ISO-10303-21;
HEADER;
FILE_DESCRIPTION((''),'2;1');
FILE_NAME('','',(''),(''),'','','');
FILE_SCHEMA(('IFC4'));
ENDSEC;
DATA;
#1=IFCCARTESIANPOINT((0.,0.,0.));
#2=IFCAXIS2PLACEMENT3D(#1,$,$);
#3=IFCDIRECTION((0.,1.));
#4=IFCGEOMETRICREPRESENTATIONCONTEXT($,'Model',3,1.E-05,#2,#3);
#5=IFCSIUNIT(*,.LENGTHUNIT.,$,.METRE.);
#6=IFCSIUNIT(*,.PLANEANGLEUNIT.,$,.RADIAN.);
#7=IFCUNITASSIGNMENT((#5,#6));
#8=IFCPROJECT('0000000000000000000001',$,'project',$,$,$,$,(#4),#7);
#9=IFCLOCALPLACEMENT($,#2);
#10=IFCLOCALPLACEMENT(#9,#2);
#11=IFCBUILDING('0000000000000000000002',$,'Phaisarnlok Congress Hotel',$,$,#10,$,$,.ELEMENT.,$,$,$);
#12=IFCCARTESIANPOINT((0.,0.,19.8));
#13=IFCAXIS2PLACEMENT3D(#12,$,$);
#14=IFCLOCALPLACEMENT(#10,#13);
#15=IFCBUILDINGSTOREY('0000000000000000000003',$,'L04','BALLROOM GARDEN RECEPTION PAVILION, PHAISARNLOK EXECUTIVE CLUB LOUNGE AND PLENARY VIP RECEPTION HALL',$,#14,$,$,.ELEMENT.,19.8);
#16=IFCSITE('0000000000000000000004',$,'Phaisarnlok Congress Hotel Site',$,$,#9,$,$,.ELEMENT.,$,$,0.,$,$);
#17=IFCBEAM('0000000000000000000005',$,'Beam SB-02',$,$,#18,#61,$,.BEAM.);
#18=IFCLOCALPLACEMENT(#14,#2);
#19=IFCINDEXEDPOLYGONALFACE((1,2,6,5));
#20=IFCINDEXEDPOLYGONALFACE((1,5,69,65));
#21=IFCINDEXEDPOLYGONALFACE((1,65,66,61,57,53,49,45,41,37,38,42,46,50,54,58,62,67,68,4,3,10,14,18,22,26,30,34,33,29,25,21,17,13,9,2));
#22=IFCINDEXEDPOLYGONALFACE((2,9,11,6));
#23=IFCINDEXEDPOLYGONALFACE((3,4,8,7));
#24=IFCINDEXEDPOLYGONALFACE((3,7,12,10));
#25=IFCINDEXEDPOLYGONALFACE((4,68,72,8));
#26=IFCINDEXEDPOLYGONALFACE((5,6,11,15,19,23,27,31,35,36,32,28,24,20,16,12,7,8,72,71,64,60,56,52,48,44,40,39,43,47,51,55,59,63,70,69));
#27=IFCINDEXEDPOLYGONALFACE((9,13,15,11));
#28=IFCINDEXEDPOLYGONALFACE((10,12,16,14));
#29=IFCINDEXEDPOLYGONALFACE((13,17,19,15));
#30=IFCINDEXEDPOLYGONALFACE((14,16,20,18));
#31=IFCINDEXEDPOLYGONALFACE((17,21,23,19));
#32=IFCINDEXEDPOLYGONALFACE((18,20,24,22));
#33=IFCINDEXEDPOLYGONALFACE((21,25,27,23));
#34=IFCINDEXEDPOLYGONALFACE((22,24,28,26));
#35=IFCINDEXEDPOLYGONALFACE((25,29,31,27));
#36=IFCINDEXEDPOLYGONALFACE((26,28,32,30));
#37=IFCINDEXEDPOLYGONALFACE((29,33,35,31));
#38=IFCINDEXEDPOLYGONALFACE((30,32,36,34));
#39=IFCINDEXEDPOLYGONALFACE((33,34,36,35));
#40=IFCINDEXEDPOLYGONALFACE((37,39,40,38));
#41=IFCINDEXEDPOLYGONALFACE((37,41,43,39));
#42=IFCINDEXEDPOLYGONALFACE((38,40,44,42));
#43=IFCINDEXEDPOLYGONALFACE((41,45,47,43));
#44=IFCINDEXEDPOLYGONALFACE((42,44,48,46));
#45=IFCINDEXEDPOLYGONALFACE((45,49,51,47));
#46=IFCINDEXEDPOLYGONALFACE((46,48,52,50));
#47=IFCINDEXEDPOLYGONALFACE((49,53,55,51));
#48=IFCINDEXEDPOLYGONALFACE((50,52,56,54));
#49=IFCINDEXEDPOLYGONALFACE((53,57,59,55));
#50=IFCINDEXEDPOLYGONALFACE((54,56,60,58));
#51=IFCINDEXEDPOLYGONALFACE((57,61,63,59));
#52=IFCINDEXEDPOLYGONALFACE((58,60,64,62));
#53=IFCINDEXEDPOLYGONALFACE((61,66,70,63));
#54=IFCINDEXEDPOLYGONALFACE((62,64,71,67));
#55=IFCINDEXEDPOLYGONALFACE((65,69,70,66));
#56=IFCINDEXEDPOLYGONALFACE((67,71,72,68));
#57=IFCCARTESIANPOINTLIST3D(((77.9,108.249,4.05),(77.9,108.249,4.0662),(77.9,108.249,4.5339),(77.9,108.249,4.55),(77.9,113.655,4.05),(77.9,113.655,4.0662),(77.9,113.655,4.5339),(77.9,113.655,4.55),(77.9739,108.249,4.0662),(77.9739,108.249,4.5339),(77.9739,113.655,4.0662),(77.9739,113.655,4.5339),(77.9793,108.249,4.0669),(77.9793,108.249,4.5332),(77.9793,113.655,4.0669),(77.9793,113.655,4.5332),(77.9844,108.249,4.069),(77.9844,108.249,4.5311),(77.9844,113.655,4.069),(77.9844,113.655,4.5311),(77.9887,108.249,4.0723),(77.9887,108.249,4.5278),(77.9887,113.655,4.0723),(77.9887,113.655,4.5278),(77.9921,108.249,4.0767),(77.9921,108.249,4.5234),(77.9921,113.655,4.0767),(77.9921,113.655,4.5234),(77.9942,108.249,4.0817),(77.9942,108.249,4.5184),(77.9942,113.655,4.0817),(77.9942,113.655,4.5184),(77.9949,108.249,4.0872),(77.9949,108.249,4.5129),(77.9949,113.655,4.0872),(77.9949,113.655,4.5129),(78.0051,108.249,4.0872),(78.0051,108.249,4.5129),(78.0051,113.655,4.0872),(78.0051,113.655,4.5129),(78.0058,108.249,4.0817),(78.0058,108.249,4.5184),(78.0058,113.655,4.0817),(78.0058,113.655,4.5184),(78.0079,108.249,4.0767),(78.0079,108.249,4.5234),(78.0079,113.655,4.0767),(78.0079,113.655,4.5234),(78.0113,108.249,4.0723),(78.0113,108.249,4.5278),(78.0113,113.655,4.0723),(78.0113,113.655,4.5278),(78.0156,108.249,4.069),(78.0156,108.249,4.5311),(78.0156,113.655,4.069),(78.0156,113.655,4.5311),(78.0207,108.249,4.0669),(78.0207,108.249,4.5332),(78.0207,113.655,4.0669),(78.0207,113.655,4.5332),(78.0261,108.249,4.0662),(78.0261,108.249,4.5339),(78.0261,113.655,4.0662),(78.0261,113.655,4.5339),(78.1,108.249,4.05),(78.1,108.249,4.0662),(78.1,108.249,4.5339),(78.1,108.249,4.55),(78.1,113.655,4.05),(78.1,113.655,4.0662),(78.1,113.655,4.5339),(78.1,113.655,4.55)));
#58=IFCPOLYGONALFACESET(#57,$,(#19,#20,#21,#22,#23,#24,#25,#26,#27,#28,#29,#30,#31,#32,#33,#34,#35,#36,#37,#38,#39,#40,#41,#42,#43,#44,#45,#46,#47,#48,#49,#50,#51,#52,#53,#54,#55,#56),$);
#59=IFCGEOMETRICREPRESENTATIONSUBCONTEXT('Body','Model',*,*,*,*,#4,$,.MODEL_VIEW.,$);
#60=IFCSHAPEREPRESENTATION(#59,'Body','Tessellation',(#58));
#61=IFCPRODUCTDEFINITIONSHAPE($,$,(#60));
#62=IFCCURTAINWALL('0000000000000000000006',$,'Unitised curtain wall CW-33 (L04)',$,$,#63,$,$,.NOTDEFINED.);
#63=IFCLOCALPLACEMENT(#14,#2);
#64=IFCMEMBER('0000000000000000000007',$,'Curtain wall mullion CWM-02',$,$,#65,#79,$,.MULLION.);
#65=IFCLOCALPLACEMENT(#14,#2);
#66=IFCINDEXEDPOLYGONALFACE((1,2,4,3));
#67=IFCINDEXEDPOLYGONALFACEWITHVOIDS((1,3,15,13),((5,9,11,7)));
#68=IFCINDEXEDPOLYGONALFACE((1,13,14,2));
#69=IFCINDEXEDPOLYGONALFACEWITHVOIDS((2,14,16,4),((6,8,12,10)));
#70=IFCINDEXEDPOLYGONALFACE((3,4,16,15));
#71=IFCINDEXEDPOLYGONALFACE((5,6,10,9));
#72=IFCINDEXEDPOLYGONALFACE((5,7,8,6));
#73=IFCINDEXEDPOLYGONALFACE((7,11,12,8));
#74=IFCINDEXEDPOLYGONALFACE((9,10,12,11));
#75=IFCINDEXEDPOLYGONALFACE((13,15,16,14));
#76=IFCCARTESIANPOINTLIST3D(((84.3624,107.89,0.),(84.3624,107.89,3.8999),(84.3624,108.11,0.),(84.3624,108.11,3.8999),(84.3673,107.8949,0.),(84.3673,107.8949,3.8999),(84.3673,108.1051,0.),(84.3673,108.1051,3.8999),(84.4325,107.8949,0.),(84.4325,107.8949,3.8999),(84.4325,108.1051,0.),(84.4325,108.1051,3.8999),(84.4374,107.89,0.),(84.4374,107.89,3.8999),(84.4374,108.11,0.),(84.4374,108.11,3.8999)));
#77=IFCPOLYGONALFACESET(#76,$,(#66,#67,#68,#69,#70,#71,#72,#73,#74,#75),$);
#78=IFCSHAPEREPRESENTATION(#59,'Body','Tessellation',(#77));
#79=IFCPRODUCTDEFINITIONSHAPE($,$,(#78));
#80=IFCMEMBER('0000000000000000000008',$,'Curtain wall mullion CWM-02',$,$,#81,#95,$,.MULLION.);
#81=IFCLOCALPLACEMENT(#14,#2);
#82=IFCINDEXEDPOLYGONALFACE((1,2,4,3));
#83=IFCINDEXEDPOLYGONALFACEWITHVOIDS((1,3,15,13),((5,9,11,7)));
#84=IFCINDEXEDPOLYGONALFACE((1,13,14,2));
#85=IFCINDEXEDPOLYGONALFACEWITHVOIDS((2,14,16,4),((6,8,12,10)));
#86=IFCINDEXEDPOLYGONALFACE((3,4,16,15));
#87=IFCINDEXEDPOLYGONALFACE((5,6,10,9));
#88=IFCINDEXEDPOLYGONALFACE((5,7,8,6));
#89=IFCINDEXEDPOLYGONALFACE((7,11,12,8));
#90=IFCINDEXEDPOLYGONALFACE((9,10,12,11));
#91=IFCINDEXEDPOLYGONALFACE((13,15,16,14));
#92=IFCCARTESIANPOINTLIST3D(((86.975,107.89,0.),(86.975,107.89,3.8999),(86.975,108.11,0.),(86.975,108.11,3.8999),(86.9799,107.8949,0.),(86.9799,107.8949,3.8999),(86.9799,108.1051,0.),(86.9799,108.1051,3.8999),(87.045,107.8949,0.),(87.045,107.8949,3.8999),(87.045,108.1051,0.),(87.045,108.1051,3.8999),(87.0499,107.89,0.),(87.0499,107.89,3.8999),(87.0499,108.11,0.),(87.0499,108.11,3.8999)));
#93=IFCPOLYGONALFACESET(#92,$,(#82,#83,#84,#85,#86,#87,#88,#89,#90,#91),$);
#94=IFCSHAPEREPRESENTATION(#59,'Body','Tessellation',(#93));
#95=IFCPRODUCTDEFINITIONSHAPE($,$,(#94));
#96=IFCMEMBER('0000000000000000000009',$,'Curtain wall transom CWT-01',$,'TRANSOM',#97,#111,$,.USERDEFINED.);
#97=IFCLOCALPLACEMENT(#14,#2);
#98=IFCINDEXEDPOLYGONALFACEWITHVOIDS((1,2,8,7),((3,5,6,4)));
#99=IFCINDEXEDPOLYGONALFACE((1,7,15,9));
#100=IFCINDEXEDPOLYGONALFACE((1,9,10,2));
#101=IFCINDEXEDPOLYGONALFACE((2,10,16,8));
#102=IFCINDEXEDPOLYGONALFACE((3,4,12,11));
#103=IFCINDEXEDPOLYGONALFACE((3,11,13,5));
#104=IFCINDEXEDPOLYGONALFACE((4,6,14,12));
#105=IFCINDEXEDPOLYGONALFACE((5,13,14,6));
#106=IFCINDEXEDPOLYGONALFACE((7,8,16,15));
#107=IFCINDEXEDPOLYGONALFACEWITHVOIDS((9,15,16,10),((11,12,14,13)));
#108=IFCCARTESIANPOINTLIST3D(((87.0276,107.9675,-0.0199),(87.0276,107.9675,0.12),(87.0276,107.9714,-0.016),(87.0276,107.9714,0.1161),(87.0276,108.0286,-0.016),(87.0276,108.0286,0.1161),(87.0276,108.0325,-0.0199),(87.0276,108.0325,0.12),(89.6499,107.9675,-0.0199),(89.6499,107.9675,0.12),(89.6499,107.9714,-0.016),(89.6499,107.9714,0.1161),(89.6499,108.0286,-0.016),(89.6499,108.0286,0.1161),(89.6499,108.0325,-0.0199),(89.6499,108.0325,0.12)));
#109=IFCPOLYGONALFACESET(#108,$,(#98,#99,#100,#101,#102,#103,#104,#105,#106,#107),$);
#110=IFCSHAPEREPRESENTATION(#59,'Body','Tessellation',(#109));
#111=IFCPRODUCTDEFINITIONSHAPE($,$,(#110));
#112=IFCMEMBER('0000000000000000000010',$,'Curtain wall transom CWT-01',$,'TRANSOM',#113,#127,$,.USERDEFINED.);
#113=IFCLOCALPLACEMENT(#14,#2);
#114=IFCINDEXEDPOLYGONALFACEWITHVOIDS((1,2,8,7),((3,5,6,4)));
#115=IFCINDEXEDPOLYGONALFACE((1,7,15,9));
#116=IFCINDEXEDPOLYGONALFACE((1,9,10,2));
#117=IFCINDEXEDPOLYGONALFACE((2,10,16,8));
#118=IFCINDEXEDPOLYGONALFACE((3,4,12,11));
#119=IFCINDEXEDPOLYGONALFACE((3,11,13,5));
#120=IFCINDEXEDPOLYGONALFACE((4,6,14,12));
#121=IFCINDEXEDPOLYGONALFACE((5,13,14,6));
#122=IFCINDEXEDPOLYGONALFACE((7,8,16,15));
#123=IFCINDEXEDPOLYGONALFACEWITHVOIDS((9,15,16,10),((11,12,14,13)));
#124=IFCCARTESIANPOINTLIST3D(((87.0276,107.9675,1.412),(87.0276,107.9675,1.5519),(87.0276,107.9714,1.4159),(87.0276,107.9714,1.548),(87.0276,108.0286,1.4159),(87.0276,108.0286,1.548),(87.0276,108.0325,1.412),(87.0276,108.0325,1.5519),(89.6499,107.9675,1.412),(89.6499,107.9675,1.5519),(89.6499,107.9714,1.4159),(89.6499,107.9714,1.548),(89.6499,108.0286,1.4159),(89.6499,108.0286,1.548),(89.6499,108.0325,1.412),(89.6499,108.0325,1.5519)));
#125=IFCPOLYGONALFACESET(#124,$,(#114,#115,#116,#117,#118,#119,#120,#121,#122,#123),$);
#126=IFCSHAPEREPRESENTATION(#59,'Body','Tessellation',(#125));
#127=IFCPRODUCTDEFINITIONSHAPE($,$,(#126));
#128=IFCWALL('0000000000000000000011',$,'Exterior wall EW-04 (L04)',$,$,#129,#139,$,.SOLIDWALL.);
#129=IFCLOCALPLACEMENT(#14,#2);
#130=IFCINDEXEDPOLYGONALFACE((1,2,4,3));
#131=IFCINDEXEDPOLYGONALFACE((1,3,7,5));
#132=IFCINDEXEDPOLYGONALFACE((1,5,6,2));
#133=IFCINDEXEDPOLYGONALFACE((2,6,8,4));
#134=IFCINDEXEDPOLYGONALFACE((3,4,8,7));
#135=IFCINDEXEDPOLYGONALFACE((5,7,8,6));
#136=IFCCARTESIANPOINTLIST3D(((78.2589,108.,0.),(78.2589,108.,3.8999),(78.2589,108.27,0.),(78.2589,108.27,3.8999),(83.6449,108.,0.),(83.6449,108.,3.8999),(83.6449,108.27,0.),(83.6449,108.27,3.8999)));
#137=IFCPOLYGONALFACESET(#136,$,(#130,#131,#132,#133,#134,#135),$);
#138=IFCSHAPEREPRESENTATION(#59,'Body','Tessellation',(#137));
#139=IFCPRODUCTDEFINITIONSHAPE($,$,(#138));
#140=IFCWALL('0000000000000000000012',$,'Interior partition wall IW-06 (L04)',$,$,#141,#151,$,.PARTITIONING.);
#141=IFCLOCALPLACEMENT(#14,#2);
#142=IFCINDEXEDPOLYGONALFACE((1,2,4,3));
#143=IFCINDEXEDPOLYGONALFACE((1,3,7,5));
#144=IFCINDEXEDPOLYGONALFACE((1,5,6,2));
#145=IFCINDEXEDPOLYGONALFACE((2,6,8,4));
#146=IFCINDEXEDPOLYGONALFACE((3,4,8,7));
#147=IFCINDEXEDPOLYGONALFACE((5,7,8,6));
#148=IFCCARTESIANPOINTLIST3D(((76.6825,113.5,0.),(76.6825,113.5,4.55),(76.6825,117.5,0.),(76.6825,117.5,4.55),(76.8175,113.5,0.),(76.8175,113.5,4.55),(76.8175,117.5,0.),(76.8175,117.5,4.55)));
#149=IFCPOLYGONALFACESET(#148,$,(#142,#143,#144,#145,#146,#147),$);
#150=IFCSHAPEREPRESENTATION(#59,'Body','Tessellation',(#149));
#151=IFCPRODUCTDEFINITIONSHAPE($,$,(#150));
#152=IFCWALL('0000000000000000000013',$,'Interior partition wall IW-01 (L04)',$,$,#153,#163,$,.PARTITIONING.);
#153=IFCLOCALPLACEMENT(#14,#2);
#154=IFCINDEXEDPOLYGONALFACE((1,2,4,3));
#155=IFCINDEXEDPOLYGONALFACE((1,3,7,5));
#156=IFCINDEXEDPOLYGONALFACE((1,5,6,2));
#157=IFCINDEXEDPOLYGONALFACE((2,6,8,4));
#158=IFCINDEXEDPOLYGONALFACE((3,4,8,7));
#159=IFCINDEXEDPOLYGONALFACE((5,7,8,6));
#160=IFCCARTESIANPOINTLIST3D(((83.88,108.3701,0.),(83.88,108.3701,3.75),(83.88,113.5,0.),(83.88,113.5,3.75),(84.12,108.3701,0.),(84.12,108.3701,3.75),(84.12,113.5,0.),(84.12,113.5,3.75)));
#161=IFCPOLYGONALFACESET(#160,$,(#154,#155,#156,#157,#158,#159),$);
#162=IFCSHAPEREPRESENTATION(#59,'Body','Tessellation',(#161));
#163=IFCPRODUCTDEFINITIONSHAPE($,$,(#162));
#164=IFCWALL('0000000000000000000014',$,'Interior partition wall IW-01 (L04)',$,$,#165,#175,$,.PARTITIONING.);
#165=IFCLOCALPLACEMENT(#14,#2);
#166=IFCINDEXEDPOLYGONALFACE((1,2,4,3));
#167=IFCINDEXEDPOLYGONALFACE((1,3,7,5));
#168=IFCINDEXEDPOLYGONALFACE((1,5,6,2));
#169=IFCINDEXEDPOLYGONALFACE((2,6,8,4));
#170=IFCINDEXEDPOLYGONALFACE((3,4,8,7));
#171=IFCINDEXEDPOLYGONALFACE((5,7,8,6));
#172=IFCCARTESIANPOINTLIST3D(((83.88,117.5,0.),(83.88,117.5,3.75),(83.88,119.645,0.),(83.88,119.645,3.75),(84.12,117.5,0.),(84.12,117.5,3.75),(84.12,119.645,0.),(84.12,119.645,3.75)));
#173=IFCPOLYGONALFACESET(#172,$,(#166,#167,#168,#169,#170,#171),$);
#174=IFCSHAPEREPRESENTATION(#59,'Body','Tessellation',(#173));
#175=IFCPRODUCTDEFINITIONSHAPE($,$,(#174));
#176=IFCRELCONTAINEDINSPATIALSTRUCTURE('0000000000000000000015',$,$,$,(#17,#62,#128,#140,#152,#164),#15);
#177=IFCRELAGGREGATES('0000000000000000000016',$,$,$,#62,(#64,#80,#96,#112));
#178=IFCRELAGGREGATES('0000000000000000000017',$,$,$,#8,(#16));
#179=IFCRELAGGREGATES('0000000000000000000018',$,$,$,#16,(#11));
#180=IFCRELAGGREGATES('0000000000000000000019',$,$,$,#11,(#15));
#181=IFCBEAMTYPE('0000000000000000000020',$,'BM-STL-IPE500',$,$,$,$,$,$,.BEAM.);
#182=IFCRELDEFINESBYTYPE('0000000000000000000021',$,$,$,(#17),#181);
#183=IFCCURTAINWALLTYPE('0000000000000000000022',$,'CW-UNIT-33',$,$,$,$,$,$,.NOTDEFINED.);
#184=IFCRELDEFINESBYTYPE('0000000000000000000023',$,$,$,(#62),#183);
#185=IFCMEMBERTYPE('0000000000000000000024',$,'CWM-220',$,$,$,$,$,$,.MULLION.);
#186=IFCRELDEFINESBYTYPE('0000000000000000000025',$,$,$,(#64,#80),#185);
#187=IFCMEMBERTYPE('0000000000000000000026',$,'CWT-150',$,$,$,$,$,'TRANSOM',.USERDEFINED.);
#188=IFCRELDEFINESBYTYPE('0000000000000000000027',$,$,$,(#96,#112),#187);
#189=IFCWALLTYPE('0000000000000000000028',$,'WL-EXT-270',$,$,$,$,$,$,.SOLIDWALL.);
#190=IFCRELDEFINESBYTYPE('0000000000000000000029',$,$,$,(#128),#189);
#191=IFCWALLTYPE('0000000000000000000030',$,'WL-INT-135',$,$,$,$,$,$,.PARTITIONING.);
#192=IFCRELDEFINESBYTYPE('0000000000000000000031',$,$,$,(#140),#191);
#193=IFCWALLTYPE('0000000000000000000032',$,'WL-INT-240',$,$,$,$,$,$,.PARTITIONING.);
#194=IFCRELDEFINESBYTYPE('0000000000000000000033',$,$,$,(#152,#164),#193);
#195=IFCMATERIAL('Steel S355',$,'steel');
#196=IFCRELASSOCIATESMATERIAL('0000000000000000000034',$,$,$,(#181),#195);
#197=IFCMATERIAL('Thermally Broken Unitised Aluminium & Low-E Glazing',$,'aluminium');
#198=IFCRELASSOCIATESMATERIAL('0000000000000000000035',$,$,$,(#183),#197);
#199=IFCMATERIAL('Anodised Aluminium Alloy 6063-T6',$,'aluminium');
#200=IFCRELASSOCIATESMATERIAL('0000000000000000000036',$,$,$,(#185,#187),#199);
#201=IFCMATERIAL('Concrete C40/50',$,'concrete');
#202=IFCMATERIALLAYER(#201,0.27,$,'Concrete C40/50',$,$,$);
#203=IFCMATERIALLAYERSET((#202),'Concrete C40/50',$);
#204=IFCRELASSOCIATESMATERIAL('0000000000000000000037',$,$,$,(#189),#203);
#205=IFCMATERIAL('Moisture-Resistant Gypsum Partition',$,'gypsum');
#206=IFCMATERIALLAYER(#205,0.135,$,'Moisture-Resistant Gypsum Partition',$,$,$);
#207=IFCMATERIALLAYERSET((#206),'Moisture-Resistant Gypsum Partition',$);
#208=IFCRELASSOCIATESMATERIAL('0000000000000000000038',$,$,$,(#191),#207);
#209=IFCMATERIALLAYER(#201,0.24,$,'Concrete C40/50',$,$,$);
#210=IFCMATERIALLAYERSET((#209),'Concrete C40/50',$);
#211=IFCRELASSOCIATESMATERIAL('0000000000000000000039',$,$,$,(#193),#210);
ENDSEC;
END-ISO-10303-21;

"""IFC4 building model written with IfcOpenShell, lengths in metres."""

from ifc_helpers import new_model, si_unit, direction, frame, frame_2d, origin, origin_2d, place, context, subcontext, project, spatial, rectangle, hollow_rectangle, i_section, extrude, material, layer, layer_set, material_profile, profile_set, type_object, element, aggregate, save


model = new_model("IFC4")

# Units and contexts
model_context = context("Model", 3, precision=1e-05, world=origin(), true_north=direction((0.0, 1.0)))
body_context = subcontext(model_context, "Body", "Model", "MODEL_VIEW")
ifc_project = project(units=[si_unit("LENGTHUNIT", "METRE"), si_unit("PLANEANGLEUNIT", "RADIAN")], contexts=[model_context])

# Site, building, storey
site_placement = place(None, origin())
site = spatial("IfcSite", under=ifc_project, at=site_placement, Name="Phaisarnlok Congress Hotel Site", CompositionType="ELEMENT", RefElevation=0.0)
building_placement = place(site_placement, origin())
building = spatial("IfcBuilding", under=site, at=building_placement, Name="Phaisarnlok Congress Hotel", CompositionType="ELEMENT")
storey_placement = place(building_placement, frame((0.0, 0.0, 19.8)))
storey = spatial("IfcBuildingStorey", under=building, at=storey_placement, Name="L04", Description="BALLROOM GARDEN RECEPTION PAVILION, PHAISARNLOK EXECUTIVE CLUB LOUNGE AND PLENARY VIP RECEPTION HALL", CompositionType="ELEMENT", Elevation=19.8)

# Beam
ifc_material_1 = material(Name="Concrete C40/50", Category="concrete")
ifc_material_2 = material(Name="Steel S355", Category="steel")
ifc_material_profile_1 = material_profile(ifc_material_2, i_section(OverallWidth=0.2, OverallDepth=0.5, WebThickness=0.0103, FlangeThickness=0.0161, FilletRadius=0.021, at=origin_2d()), Name="IPE 500")
ifc_profile_set_1 = profile_set([ifc_material_profile_1], Name="Steel S355")
beam_type_1 = type_object("IfcBeamType", Name="BM-STL-IPE500", PredefinedType="BEAM", material=ifc_profile_set_1)
beam_1_placement = place(storey_placement, frame((78.0, 108.249, 4.3), z_axis=(0.0, 1.0, 0.0), x_axis=(-1.0, 0.0, 0.0)))
element("IfcBeam", 1, at=beam_1_placement, inside=storey, type_object=beam_type_1, Name="Beam SB-02", PredefinedType="BEAM", context=body_context, shape_type="SweptSolid", body=[
    extrude(i_section(OverallWidth=0.2, OverallDepth=0.5, WebThickness=0.0103, FlangeThickness=0.0161, FilletRadius=0.021, at=origin_2d()), origin(), (0.0, 0.0, 1.0), 5.406),
])

# Curtain wall, members
ifc_material_3 = material(Name="Thermally Broken Unitised Aluminium & Low-E Glazing", Category="aluminium")
curtain_wall_type = type_object("IfcCurtainWallType", Name="CW-UNIT-33", PredefinedType="NOTDEFINED", material=ifc_material_3)
curtain_wall_placement = place(storey_placement, origin())
curtain_wall = element("IfcCurtainWall", 2, at=curtain_wall_placement, inside=storey, type_object=curtain_wall_type, Name="Unitised curtain wall CW-33 (L04)", PredefinedType="NOTDEFINED")
ifc_material_4 = material(Name="Anodised Aluminium Alloy 6063-T6", Category="aluminium")
ifc_material_profile_2 = material_profile(ifc_material_4, hollow_rectangle(XDim=0.075, YDim=0.22, WallThickness=0.0049, at=origin_2d()), Name="ALU-M 75x220x5")
ifc_profile_set_2 = profile_set([ifc_material_profile_2], Name="Anodised Aluminium Alloy 6063-T6")
member_type_1 = type_object("IfcMemberType", Name="CWM-220", PredefinedType="MULLION", material=ifc_profile_set_2)
member_1_placement = place(storey_placement, frame((84.3999, 108.0, 0.0), z_axis=(0.0, 0.0, 1.0), x_axis=(1.0, 0.0, 0.0)))
member_1 = element("IfcMember", 3, at=member_1_placement, type_object=member_type_1, Name="Curtain wall mullion CWM-02", PredefinedType="MULLION", context=body_context, shape_type="SweptSolid", body=[
    extrude(hollow_rectangle(XDim=0.075, YDim=0.22, WallThickness=0.0049, at=origin_2d()), origin(), (0.0, 0.0, 1.0), 3.8999),
])
member_2_placement = place(storey_placement, frame((87.0125, 108.0, 0.0), z_axis=(0.0, 0.0, 1.0), x_axis=(1.0, 0.0, 0.0)))
member_2 = element("IfcMember", 4, at=member_2_placement, type_object=member_type_1, Name="Curtain wall mullion CWM-02", PredefinedType="MULLION", context=body_context, shape_type="SweptSolid", body=[
    extrude(hollow_rectangle(XDim=0.075, YDim=0.22, WallThickness=0.0049, at=origin_2d()), origin(), (0.0, 0.0, 1.0), 3.8999),
])
ifc_material_profile_3 = material_profile(ifc_material_4, hollow_rectangle(XDim=0.0649, YDim=0.1399, WallThickness=0.0039, at=origin_2d()), Name="ALU-T 65x140x4")
ifc_profile_set_3 = profile_set([ifc_material_profile_3], Name="Anodised Aluminium Alloy 6063-T6")
member_type_2 = type_object("IfcMemberType", Name="CWT-150", ElementType="TRANSOM", PredefinedType="USERDEFINED", material=ifc_profile_set_3)
member_3_placement = place(storey_placement, frame((87.0276, 108.0, 0.05), z_axis=(1.0, 0.0, 0.0), x_axis=(0.0, 1.0, 0.0)))
member_3 = element("IfcMember", 5, at=member_3_placement, type_object=member_type_2, Name="Curtain wall transom CWT-01", ObjectType="TRANSOM", PredefinedType="USERDEFINED", context=body_context, shape_type="SweptSolid", body=[
    extrude(hollow_rectangle(XDim=0.0649, YDim=0.1399, WallThickness=0.0039, at=origin_2d()), origin(), (0.0, 0.0, 1.0), 2.6223),
])
member_4_placement = place(storey_placement, frame((87.0276, 108.0, 1.4819), z_axis=(1.0, 0.0, 0.0), x_axis=(0.0, 1.0, 0.0)))
member_4 = element("IfcMember", 6, at=member_4_placement, type_object=member_type_2, Name="Curtain wall transom CWT-01", ObjectType="TRANSOM", PredefinedType="USERDEFINED", context=body_context, shape_type="SweptSolid", body=[
    extrude(hollow_rectangle(XDim=0.0649, YDim=0.1399, WallThickness=0.0039, at=origin_2d()), origin(), (0.0, 0.0, 1.0), 2.6223),
])
aggregate(curtain_wall, [member_1, member_2, member_3, member_4])

# Walls
ifc_layer_1 = layer(ifc_material_1, 0.27, Name="Concrete C40/50")
ifc_layer_set_1 = layer_set([ifc_layer_1], Name="Concrete C40/50")
wall_type_1 = type_object("IfcWallType", Name="WL-EXT-270", PredefinedType="SOLIDWALL", material=ifc_layer_set_1)
wall_1_placement = place(storey_placement, frame((78.259, 108.135, 0.0), z_axis=(0.0, 0.0, 1.0), x_axis=(1.0, 0.0, 0.0)))
element("IfcWall", 7, at=wall_1_placement, inside=storey, type_object=wall_type_1, Name="Exterior wall EW-04 (L04)", PredefinedType="SOLIDWALL", context=body_context, shape_type="SweptSolid", body=[
    extrude(rectangle(XDim=5.386, YDim=0.27, at=frame_2d((2.6929, 0.0))), origin(), (0.0, 0.0, 1.0), 3.8999),
])
ifc_material_5 = material(Name="Moisture-Resistant Gypsum Partition", Category="gypsum")
ifc_layer_2 = layer(ifc_material_5, 0.135, Name="Moisture-Resistant Gypsum Partition")
ifc_layer_set_2 = layer_set([ifc_layer_2], Name="Moisture-Resistant Gypsum Partition")
wall_type_2 = type_object("IfcWallType", Name="WL-INT-135", PredefinedType="PARTITIONING", material=ifc_layer_set_2)
wall_2_placement = place(storey_placement, frame((76.75, 113.5, 0.0), z_axis=(0.0, 0.0, 1.0), x_axis=(0.0, 1.0, 0.0)))
element("IfcWall", 8, at=wall_2_placement, inside=storey, type_object=wall_type_2, Name="Interior partition wall IW-06 (L04)", PredefinedType="PARTITIONING", context=body_context, shape_type="SweptSolid", body=[
    extrude(rectangle(XDim=4.0, YDim=0.135, at=frame_2d((2.0, 0.0))), origin(), (0.0, 0.0, 1.0), 4.55),
])
ifc_layer_3 = layer(ifc_material_1, 0.24, Name="Concrete C40/50")
ifc_layer_set_3 = layer_set([ifc_layer_3], Name="Concrete C40/50")
wall_type_3 = type_object("IfcWallType", Name="WL-INT-240", PredefinedType="PARTITIONING", material=ifc_layer_set_3)
wall_3_placement = place(storey_placement, frame((84.0, 108.3701, 0.0), z_axis=(0.0, 0.0, 1.0), x_axis=(0.0, 1.0, 0.0)))
element("IfcWall", 9, at=wall_3_placement, inside=storey, type_object=wall_type_3, Name="Interior partition wall IW-01 (L04)", PredefinedType="PARTITIONING", context=body_context, shape_type="SweptSolid", body=[
    extrude(rectangle(XDim=5.1299, YDim=0.24, at=frame_2d((2.5649, 0.0))), origin(), (0.0, 0.0, 1.0), 3.75),
])
wall_4_placement = place(storey_placement, frame((84.0, 117.5, 0.0), z_axis=(0.0, 0.0, 1.0), x_axis=(0.0, 1.0, 0.0)))
element("IfcWall", 10, at=wall_4_placement, inside=storey, type_object=wall_type_3, Name="Interior partition wall IW-01 (L04)", PredefinedType="PARTITIONING", context=body_context, shape_type="SweptSolid", body=[
    extrude(rectangle(XDim=2.145, YDim=0.24, at=frame_2d((1.0725, 0.0))), origin(), (0.0, 0.0, 1.0), 3.75),
])

save(model, "model.ifc")
